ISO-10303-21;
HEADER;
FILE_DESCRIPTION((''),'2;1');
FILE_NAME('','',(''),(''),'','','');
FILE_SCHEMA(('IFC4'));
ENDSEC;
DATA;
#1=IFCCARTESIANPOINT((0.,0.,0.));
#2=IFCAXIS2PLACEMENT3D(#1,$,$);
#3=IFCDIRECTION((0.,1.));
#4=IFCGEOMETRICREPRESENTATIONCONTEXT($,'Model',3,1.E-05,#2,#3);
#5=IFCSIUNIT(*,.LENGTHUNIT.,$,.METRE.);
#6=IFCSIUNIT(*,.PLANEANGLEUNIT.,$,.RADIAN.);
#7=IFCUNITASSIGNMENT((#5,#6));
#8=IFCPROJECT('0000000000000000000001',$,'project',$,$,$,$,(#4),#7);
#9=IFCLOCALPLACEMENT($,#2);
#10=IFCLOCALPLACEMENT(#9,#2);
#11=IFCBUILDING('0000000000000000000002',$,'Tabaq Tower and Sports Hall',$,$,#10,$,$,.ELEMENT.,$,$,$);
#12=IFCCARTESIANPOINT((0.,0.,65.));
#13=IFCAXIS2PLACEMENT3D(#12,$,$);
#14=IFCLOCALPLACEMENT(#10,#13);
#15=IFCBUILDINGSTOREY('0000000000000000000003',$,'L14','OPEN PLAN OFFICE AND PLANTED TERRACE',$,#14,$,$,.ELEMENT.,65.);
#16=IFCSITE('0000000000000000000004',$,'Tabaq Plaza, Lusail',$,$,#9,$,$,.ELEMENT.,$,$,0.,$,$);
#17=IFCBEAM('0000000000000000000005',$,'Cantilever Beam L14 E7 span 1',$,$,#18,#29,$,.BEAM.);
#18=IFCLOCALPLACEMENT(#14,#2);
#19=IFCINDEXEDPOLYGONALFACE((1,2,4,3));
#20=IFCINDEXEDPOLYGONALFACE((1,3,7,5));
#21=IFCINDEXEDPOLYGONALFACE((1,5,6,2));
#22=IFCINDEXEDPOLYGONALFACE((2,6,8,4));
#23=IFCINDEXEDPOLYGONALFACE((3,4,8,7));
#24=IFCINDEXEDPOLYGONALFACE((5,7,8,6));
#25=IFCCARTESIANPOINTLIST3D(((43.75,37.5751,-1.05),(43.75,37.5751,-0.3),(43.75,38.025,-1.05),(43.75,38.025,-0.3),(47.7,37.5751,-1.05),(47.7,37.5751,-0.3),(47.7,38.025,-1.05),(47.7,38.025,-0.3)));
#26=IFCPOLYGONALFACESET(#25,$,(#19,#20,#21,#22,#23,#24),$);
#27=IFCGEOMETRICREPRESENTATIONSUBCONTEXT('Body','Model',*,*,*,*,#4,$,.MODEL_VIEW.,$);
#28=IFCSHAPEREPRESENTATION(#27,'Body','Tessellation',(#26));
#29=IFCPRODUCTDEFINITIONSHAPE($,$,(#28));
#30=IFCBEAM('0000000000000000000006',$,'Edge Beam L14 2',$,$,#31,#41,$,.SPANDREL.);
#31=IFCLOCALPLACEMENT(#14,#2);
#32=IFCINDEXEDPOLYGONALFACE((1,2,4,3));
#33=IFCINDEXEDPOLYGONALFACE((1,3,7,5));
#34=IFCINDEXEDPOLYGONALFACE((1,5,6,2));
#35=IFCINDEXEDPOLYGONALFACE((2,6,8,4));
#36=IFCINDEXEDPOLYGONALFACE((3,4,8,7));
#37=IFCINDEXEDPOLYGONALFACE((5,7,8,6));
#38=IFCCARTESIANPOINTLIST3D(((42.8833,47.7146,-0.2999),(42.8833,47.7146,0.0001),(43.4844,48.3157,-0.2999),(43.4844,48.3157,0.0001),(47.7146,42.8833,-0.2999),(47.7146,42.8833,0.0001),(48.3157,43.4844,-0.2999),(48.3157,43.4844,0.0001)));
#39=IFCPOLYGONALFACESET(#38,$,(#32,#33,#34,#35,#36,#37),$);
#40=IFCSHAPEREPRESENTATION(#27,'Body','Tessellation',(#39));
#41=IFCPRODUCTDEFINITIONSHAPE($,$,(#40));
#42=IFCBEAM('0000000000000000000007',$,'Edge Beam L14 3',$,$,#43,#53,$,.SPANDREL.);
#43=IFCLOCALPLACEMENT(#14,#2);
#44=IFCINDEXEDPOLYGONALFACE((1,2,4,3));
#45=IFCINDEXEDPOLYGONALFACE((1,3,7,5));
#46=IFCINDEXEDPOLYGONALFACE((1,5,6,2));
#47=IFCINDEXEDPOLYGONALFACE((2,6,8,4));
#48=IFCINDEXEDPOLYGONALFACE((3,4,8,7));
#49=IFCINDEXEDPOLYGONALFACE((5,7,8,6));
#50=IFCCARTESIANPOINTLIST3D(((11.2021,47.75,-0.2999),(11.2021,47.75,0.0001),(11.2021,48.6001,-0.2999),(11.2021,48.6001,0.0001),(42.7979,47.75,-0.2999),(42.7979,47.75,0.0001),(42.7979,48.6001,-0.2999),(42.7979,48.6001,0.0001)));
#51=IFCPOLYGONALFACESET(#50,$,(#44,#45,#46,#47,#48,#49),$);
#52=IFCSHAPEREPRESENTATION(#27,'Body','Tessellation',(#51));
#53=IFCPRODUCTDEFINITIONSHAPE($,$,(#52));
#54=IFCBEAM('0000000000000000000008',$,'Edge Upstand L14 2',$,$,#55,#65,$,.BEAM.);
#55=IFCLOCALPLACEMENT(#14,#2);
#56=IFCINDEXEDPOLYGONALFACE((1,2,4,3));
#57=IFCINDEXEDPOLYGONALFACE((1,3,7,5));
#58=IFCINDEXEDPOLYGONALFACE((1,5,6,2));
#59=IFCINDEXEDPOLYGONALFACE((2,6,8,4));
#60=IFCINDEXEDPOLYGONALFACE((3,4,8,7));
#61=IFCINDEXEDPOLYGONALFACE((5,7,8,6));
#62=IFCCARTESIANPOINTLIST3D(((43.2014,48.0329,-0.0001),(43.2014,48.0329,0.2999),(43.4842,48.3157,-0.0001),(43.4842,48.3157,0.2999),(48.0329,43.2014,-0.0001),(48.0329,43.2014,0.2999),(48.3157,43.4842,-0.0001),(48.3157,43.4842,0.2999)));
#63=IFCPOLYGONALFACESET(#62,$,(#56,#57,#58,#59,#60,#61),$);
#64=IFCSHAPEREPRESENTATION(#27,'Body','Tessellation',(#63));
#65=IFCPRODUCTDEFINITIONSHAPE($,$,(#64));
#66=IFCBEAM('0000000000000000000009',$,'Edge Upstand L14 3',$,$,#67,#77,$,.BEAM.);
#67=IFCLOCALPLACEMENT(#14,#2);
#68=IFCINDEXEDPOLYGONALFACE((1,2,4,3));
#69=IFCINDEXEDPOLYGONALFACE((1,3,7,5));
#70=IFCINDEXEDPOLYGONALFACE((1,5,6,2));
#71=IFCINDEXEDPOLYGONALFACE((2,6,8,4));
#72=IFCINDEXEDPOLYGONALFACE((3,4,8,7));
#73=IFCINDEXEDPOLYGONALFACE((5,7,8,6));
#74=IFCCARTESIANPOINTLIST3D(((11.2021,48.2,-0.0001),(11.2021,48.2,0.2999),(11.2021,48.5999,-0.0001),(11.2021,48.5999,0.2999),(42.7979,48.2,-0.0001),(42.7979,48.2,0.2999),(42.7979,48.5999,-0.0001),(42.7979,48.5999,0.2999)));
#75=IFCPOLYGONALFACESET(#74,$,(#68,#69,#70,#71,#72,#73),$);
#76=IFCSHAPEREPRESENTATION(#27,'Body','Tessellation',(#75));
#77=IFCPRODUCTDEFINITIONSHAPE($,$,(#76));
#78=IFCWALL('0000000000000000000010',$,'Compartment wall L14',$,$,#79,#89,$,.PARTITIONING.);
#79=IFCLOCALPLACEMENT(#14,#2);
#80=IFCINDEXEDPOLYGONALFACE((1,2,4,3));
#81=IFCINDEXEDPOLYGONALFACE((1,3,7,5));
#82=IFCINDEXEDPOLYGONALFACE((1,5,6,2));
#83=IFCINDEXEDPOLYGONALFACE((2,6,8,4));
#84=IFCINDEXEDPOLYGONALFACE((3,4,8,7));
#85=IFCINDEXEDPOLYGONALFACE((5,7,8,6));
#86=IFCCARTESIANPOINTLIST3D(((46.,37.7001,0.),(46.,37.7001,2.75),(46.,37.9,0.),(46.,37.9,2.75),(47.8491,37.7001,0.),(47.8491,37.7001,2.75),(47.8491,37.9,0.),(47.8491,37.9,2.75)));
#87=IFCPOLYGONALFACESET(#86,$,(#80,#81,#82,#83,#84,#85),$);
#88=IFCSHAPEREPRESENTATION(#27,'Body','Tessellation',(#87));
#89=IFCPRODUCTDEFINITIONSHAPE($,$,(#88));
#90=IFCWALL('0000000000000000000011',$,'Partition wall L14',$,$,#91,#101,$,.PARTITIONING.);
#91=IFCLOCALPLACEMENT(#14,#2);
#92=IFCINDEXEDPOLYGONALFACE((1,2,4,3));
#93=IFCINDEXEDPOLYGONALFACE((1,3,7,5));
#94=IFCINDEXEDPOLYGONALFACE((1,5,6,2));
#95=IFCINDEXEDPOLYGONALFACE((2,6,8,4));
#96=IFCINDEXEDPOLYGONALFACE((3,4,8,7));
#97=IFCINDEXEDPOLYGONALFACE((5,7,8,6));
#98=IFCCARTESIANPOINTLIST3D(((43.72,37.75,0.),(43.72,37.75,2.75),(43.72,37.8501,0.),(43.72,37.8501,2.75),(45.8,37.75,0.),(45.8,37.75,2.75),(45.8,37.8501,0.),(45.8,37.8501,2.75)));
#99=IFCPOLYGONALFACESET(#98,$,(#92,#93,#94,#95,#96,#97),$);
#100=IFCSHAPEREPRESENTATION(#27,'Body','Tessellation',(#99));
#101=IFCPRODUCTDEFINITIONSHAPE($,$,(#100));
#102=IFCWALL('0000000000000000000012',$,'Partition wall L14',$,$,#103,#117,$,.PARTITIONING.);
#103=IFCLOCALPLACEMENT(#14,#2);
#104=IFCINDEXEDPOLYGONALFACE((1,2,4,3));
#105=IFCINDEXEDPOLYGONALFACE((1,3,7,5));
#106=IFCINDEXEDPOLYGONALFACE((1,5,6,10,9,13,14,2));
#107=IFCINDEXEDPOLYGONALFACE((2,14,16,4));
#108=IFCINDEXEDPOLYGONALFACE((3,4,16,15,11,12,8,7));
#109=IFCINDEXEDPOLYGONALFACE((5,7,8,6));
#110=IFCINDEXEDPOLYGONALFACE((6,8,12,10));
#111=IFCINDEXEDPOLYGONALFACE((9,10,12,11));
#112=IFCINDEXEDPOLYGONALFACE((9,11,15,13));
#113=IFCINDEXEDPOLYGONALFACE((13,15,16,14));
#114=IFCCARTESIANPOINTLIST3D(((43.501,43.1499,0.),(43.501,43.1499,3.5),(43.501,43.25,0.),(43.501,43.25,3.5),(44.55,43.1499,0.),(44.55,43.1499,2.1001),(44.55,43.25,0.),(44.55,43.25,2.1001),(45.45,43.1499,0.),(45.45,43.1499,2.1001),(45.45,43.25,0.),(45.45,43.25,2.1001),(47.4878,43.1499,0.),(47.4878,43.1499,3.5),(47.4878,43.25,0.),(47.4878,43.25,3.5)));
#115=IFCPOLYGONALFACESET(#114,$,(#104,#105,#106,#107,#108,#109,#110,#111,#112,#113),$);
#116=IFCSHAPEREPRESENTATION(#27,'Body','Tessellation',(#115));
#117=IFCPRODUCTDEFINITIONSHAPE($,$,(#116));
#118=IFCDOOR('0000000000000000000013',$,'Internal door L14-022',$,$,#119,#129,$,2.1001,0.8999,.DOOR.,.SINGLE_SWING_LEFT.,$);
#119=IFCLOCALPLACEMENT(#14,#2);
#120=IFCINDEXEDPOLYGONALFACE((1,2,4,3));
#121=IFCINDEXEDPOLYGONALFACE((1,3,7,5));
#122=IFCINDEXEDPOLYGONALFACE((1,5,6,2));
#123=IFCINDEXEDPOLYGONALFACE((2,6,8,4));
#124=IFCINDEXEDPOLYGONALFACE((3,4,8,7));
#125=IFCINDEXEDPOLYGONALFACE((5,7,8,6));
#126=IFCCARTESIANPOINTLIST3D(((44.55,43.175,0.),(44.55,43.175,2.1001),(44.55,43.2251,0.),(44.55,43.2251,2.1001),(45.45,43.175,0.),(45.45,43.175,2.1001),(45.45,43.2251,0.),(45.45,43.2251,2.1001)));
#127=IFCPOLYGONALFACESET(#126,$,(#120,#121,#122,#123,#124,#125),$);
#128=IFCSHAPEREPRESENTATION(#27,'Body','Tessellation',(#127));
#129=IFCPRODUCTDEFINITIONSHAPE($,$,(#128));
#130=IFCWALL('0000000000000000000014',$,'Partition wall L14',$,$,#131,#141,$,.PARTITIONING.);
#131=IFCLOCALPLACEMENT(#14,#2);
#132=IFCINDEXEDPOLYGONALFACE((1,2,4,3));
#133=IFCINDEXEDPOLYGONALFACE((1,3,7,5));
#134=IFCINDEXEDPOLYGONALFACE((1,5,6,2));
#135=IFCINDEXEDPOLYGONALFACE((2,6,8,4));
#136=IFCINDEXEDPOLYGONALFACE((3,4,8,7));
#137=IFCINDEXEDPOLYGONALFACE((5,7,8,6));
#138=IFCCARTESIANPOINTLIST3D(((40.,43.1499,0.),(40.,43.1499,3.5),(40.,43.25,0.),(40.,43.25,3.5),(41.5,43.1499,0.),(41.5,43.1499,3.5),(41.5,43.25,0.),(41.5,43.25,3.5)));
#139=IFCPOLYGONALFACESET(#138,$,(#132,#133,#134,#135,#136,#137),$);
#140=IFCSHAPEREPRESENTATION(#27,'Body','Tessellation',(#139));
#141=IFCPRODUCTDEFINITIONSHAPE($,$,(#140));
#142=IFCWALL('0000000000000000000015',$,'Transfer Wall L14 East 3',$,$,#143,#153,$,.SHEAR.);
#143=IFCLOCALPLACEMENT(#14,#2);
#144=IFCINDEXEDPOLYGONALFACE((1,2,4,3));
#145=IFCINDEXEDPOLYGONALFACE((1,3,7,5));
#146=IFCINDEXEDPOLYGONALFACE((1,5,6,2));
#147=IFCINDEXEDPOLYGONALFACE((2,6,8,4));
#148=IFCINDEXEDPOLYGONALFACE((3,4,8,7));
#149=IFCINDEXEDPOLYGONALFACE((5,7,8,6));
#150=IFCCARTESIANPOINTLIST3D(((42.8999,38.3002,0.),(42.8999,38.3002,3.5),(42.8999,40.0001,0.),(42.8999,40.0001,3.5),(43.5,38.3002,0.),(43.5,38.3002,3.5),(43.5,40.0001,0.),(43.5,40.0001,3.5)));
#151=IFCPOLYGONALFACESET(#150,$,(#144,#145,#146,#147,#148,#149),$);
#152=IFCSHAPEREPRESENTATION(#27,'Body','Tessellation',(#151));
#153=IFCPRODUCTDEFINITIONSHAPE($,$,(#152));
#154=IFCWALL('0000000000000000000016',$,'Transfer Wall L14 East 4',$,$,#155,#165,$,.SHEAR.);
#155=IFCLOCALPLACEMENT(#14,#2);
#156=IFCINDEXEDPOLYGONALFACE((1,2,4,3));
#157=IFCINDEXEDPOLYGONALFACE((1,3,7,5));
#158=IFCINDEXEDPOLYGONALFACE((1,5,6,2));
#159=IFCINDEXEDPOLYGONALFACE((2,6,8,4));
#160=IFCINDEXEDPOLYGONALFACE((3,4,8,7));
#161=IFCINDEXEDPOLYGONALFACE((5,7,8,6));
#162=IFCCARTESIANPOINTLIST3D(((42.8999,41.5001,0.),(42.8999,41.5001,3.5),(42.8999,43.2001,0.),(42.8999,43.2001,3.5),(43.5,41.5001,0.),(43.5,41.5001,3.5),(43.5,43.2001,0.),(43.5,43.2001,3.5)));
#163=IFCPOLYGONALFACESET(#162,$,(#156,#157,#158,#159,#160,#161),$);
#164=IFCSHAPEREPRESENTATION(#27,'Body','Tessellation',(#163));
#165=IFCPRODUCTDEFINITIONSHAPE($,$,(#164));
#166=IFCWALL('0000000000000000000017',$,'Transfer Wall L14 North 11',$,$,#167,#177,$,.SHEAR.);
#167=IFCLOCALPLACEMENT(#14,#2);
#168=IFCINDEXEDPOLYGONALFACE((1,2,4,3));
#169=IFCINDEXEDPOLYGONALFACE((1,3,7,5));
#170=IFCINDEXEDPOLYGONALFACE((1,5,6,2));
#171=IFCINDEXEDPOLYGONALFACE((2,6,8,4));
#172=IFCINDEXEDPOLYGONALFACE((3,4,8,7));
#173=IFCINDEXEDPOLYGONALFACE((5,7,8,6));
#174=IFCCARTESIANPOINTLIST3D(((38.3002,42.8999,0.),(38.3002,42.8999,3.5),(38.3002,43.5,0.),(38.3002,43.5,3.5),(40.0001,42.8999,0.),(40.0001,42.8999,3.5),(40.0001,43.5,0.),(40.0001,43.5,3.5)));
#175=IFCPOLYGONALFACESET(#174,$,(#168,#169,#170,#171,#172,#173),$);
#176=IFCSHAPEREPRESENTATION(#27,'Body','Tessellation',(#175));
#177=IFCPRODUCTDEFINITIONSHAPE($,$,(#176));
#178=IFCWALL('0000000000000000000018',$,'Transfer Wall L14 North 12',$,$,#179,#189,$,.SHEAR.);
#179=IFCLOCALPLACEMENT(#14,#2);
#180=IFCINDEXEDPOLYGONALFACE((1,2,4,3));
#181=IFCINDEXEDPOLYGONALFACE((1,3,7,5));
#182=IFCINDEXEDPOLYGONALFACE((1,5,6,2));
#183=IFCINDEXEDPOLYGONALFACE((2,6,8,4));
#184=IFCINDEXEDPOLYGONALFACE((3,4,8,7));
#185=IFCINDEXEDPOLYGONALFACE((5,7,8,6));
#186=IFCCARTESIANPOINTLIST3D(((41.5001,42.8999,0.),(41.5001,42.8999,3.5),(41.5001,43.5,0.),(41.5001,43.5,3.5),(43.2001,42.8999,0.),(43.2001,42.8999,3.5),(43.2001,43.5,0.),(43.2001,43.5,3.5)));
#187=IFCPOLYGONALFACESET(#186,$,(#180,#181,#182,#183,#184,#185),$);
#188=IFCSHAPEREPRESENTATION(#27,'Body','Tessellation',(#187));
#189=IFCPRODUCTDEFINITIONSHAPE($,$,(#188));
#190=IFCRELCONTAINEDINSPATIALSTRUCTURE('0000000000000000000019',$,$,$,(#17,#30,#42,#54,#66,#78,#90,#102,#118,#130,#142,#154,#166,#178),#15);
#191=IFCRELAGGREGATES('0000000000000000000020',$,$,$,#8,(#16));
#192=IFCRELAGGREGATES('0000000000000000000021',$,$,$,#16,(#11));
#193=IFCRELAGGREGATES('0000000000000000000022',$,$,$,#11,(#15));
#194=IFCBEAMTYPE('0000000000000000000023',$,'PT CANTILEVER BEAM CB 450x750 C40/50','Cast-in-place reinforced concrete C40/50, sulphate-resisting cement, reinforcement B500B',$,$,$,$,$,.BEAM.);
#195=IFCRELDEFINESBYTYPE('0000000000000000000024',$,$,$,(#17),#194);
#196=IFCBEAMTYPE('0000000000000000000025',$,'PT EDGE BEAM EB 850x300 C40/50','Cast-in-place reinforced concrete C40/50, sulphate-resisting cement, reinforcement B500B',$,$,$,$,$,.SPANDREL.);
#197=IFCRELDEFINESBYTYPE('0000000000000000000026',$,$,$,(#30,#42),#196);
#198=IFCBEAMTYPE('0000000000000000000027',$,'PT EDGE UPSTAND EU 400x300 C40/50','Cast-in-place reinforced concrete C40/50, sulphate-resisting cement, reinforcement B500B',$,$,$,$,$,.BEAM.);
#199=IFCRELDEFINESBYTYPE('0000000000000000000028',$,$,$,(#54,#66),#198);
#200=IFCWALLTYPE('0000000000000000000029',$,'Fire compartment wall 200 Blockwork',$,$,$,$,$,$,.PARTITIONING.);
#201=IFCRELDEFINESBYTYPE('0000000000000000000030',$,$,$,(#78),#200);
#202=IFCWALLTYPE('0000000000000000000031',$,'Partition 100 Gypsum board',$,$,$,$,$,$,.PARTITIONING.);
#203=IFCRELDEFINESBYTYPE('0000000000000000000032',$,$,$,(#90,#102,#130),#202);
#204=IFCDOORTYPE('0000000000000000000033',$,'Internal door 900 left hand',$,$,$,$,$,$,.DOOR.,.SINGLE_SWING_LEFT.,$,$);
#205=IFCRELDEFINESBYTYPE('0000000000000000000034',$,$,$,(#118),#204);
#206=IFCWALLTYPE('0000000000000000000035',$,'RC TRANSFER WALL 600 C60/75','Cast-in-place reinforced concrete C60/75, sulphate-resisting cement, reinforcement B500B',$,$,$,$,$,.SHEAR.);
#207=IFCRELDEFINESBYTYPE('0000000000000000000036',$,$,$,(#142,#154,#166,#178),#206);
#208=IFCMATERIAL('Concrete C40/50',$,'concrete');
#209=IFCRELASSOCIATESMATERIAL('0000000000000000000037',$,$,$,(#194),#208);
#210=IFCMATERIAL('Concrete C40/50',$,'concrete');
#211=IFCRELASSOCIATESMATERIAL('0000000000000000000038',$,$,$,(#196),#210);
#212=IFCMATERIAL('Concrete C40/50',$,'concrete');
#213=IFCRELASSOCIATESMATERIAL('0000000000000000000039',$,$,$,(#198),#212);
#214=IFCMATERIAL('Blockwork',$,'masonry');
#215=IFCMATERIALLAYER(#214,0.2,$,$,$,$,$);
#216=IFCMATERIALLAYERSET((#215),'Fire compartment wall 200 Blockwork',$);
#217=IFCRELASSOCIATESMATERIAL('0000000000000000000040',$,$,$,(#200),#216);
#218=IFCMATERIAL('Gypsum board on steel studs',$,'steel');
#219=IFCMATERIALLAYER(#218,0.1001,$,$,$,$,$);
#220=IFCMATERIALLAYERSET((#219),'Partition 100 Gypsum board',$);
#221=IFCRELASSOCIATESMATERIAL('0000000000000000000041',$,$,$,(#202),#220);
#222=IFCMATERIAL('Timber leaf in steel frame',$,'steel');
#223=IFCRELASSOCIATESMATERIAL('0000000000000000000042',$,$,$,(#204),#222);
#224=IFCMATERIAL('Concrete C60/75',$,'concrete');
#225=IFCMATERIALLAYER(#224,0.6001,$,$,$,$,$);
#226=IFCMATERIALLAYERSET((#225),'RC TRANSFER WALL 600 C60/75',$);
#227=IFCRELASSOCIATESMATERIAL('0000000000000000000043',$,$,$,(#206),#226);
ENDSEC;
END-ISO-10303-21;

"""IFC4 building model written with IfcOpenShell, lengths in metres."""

from ifc_helpers import new_model, si_unit, direction, frame, frame_2d, origin, origin_2d, place, context, subcontext, project, spatial, rectangle, extrude, material, layer, layer_set, material_profile, profile_set, type_object, element, fill, save


model = new_model("IFC4")

# Units and contexts
model_context = context("Model", 3, precision=1e-05, world=origin(), true_north=direction((0.0, 1.0)))
body_context = subcontext(model_context, "Body", "Model", "MODEL_VIEW")
ifc_project = project(units=[si_unit("LENGTHUNIT", "METRE"), si_unit("PLANEANGLEUNIT", "RADIAN")], contexts=[model_context])

# Site, building, storey
site_placement = place(None, origin())
site = spatial("IfcSite", under=ifc_project, at=site_placement, Name="Tabaq Plaza, Lusail", CompositionType="ELEMENT", RefElevation=0.0)
building_placement = place(site_placement, origin())
building = spatial("IfcBuilding", under=site, at=building_placement, Name="Tabaq Tower and Sports Hall", CompositionType="ELEMENT")
storey_placement = place(building_placement, frame((0.0, 0.0, 65.0)))
storey = spatial("IfcBuildingStorey", under=building, at=storey_placement, Name="L14", Description="OPEN PLAN OFFICE AND PLANTED TERRACE", CompositionType="ELEMENT", Elevation=65.0)

# Beams
ifc_material_1 = material(Name="Concrete C40/50", Category="concrete")
ifc_material_profile_1 = material_profile(ifc_material_1, rectangle(XDim=0.45, YDim=0.75, at=origin_2d()), Name="CB 450x750")
ifc_profile_set_1 = profile_set([ifc_material_profile_1], Name="Concrete C40/50")
beam_type_1 = type_object("IfcBeamType", Name="PT CANTILEVER BEAM CB 450x750 C40/50", Description="Cast-in-place reinforced concrete C40/50, sulphate-resisting cement, reinforcement B500B", PredefinedType="BEAM", material=ifc_profile_set_1)
beam_1_placement = place(storey_placement, frame((47.7, 37.8, -0.675), z_axis=(-1.0, 0.0, 0.0), x_axis=(0.0, -1.0, 0.0)))
element("IfcBeam", 1, at=beam_1_placement, inside=storey, type_object=beam_type_1, Name="Cantilever Beam L14 E7 span 1", PredefinedType="BEAM", context=body_context, shape_type="SweptSolid", body=[
    extrude(rectangle(XDim=0.45, YDim=0.75, at=origin_2d()), origin(), (0.0, 0.0, 1.0), 3.95),
])
ifc_material_2 = material(Name="Concrete C40/50", Category="concrete")
ifc_material_profile_2 = material_profile(ifc_material_2, rectangle(XDim=0.8501, YDim=0.3, at=origin_2d()), Name="EB 850x300")
ifc_profile_set_2 = profile_set([ifc_material_profile_2], Name="Concrete C40/50")
beam_type_2 = type_object("IfcBeamType", Name="PT EDGE BEAM EB 850x300 C40/50", Description="Cast-in-place reinforced concrete C40/50, sulphate-resisting cement, reinforcement B500B", PredefinedType="SPANDREL", material=ifc_profile_set_2)
beam_2_placement = place(storey_placement, frame((48.0151, 43.1838, -0.1499), z_axis=(-0.707107, 0.707107, 0.0), x_axis=(-0.707107, -0.707107, 0.0)))
element("IfcBeam", 2, at=beam_2_placement, inside=storey, type_object=beam_type_2, Name="Edge Beam L14 2", PredefinedType="SPANDREL", context=body_context, shape_type="SweptSolid", body=[
    extrude(rectangle(XDim=0.8501, YDim=0.3, at=origin_2d()), origin(), (0.0, 0.0, 1.0), 6.8325),
])
beam_3_placement = place(storey_placement, frame((42.7979, 48.175, -0.1499), z_axis=(-1.0, 0.0, 0.0), x_axis=(0.0, -1.0, 0.0)))
element("IfcBeam", 3, at=beam_3_placement, inside=storey, type_object=beam_type_2, Name="Edge Beam L14 3", PredefinedType="SPANDREL", context=body_context, shape_type="SweptSolid", body=[
    extrude(rectangle(XDim=0.8501, YDim=0.3, at=origin_2d()), origin(), (0.0, 0.0, 1.0), 31.5957),
])
ifc_material_3 = material(Name="Concrete C40/50", Category="concrete")
ifc_material_profile_3 = material_profile(ifc_material_3, rectangle(XDim=0.3999, YDim=0.3, at=origin_2d()), Name="EU 400x300")
ifc_profile_set_3 = profile_set([ifc_material_profile_3], Name="Concrete C40/50")
beam_type_3 = type_object("IfcBeamType", Name="PT EDGE UPSTAND EU 400x300 C40/50", Description="Cast-in-place reinforced concrete C40/50, sulphate-resisting cement, reinforcement B500B", PredefinedType="BEAM", material=ifc_profile_set_3)
beam_4_placement = place(storey_placement, frame((48.1743, 43.3428, 0.1499), z_axis=(-0.707107, 0.707107, 0.0), x_axis=(-0.707107, -0.707107, 0.0)))
element("IfcBeam", 4, at=beam_4_placement, inside=storey, type_object=beam_type_3, Name="Edge Upstand L14 2", PredefinedType="BEAM", context=body_context, shape_type="SweptSolid", body=[
    extrude(rectangle(XDim=0.3999, YDim=0.3, at=origin_2d()), origin(), (0.0, 0.0, 1.0), 6.8328),
])
beam_5_placement = place(storey_placement, frame((42.7979, 48.3999, 0.1499), z_axis=(-1.0, 0.0, 0.0), x_axis=(0.0, -1.0, 0.0)))
element("IfcBeam", 5, at=beam_5_placement, inside=storey, type_object=beam_type_3, Name="Edge Upstand L14 3", PredefinedType="BEAM", context=body_context, shape_type="SweptSolid", body=[
    extrude(rectangle(XDim=0.3999, YDim=0.3, at=origin_2d()), origin(), (0.0, 0.0, 1.0), 31.5957),
])

# Walls
ifc_material_4 = material(Name="Blockwork", Category="masonry")
ifc_layer_1 = layer(ifc_material_4, 0.2)
ifc_layer_set_1 = layer_set([ifc_layer_1], Name="Fire compartment wall 200 Blockwork")
wall_type_1 = type_object("IfcWallType", Name="Fire compartment wall 200 Blockwork", PredefinedType="PARTITIONING", material=ifc_layer_set_1)
wall_1_placement = place(storey_placement, frame((46.0, 37.8, 0.0), z_axis=(0.0, 0.0, 1.0), x_axis=(1.0, 0.0, 0.0)))
element("IfcWall", 6, at=wall_1_placement, inside=storey, type_object=wall_type_1, Name="Compartment wall L14", PredefinedType="PARTITIONING", context=body_context, shape_type="SweptSolid", body=[
    extrude(rectangle(XDim=1.8491, YDim=0.2, at=frame_2d((0.9246, 0.0))), origin(), (0.0, 0.0, 1.0), 2.75),
])
ifc_material_5 = material(Name="Gypsum board on steel studs", Category="steel")
ifc_layer_2 = layer(ifc_material_5, 0.1001)
ifc_layer_set_2 = layer_set([ifc_layer_2], Name="Partition 100 Gypsum board")
wall_type_2 = type_object("IfcWallType", Name="Partition 100 Gypsum board", PredefinedType="PARTITIONING", material=ifc_layer_set_2)
wall_2_placement = place(storey_placement, frame((45.8, 37.8, 0.0), z_axis=(0.0, 0.0, 1.0), x_axis=(-1.0, 0.0, 0.0)))
element("IfcWall", 7, at=wall_2_placement, inside=storey, type_object=wall_type_2, Name="Partition wall L14", PredefinedType="PARTITIONING", context=body_context, shape_type="SweptSolid", body=[
    extrude(rectangle(XDim=2.0801, YDim=0.1001, at=frame_2d((1.04, 0.0))), origin(), (0.0, 0.0, 1.0), 2.75),
])

# Wall, opening, door
wall_3_placement = place(storey_placement, frame((47.4878, 43.2, 0.0), z_axis=(0.0, 0.0, 1.0), x_axis=(-1.0, 0.0, 0.0)))
wall_3 = element("IfcWall", 8, at=wall_3_placement, inside=storey, type_object=wall_type_2, Name="Partition wall L14", PredefinedType="PARTITIONING", context=body_context, shape_type="SweptSolid", body=[
    extrude(rectangle(XDim=3.9868, YDim=0.1001, at=frame_2d((1.9934, 0.0))), origin(), (0.0, 0.0, 1.0), 3.5),
])
opening_1_placement = place(wall_3_placement, frame((2.0378, 0.0, 0.0)))
opening_1 = element("IfcOpeningElement", 9, at=opening_1_placement, cuts=wall_3, PredefinedType="OPENING", context=body_context, shape_type="SweptSolid", body=[
    extrude(rectangle(XDim=0.8999, YDim=2.1001, at=frame_2d((0.45, 1.05))), frame((0.0, 0.05, 0.0), z_axis=(0.0, -1.0, 0.0), x_axis=(1.0, 0.0, 0.0)), (0.0, 0.0, 1.0), 0.1001),
])
ifc_material_6 = material(Name="Timber leaf in steel frame", Category="steel")
door_type = type_object("IfcDoorType", Name="Internal door 900 left hand", OperationType="SINGLE_SWING_LEFT", PredefinedType="DOOR", material=ifc_material_6)
door_placement = place(opening_1_placement, origin())
door = element("IfcDoor", 10, at=door_placement, inside=storey, type_object=door_type, Name="Internal door L14-022", OperationType="SINGLE_SWING_LEFT", OverallHeight=2.1001, OverallWidth=0.8999, PredefinedType="DOOR", context=body_context, shape_type="SweptSolid", body=[
    extrude(rectangle(XDim=0.8999, YDim=2.1001, at=frame_2d((0.45, 1.05))), frame((0.0, 0.0249, 0.0), z_axis=(0.0, -1.0, 0.0), x_axis=(1.0, 0.0, 0.0)), (0.0, 0.0, 1.0), 0.05),
])
fill(opening_1, door)

# Walls
wall_4_placement = place(storey_placement, frame((41.5, 43.2, 0.0), z_axis=(0.0, 0.0, 1.0), x_axis=(-1.0, 0.0, 0.0)))
element("IfcWall", 11, at=wall_4_placement, inside=storey, type_object=wall_type_2, Name="Partition wall L14", PredefinedType="PARTITIONING", context=body_context, shape_type="SweptSolid", body=[
    extrude(rectangle(XDim=1.5, YDim=0.1001, at=frame_2d((0.75, 0.0))), origin(), (0.0, 0.0, 1.0), 3.5),
])
ifc_material_7 = material(Name="Concrete C60/75", Category="concrete")
ifc_layer_3 = layer(ifc_material_7, 0.6001)
ifc_layer_set_3 = layer_set([ifc_layer_3], Name="RC TRANSFER WALL 600 C60/75")
wall_type_3 = type_object("IfcWallType", Name="RC TRANSFER WALL 600 C60/75", Description="Cast-in-place reinforced concrete C60/75, sulphate-resisting cement, reinforcement B500B", PredefinedType="SHEAR", material=ifc_layer_set_3)
for number, where, z_axis, x_axis, name in (
    (12, (43.2, 38.3, 0.0), (0.0, 0.0, 1.0), (0.0, 1.0, 0.0), "Transfer Wall L14 East 3"),
    (13, (43.2, 41.5, 0.0), (0.0, 0.0, 1.0), (0.0, 1.0, 0.0), "Transfer Wall L14 East 4"),
    (14, (38.3, 43.2, 0.0), (0.0, 0.0, 1.0), (1.0, 0.0, 0.0), "Transfer Wall L14 North 11"),
    (15, (41.5, 43.2, 0.0), (0.0, 0.0, 1.0), (1.0, 0.0, 0.0), "Transfer Wall L14 North 12"),
):
    element("IfcWall", number, at=place(storey_placement, frame(where, z_axis=z_axis, x_axis=x_axis)), inside=storey, type_object=wall_type_3, Name=name, PredefinedType="SHEAR", context=body_context, shape_type="SweptSolid", body=[
        extrude(rectangle(XDim=1.7, YDim=0.6001, at=frame_2d((0.8501, 0.0))), origin(), (0.0, 0.0, 1.0), 3.5),
    ])

save(model, "model.ifc")
